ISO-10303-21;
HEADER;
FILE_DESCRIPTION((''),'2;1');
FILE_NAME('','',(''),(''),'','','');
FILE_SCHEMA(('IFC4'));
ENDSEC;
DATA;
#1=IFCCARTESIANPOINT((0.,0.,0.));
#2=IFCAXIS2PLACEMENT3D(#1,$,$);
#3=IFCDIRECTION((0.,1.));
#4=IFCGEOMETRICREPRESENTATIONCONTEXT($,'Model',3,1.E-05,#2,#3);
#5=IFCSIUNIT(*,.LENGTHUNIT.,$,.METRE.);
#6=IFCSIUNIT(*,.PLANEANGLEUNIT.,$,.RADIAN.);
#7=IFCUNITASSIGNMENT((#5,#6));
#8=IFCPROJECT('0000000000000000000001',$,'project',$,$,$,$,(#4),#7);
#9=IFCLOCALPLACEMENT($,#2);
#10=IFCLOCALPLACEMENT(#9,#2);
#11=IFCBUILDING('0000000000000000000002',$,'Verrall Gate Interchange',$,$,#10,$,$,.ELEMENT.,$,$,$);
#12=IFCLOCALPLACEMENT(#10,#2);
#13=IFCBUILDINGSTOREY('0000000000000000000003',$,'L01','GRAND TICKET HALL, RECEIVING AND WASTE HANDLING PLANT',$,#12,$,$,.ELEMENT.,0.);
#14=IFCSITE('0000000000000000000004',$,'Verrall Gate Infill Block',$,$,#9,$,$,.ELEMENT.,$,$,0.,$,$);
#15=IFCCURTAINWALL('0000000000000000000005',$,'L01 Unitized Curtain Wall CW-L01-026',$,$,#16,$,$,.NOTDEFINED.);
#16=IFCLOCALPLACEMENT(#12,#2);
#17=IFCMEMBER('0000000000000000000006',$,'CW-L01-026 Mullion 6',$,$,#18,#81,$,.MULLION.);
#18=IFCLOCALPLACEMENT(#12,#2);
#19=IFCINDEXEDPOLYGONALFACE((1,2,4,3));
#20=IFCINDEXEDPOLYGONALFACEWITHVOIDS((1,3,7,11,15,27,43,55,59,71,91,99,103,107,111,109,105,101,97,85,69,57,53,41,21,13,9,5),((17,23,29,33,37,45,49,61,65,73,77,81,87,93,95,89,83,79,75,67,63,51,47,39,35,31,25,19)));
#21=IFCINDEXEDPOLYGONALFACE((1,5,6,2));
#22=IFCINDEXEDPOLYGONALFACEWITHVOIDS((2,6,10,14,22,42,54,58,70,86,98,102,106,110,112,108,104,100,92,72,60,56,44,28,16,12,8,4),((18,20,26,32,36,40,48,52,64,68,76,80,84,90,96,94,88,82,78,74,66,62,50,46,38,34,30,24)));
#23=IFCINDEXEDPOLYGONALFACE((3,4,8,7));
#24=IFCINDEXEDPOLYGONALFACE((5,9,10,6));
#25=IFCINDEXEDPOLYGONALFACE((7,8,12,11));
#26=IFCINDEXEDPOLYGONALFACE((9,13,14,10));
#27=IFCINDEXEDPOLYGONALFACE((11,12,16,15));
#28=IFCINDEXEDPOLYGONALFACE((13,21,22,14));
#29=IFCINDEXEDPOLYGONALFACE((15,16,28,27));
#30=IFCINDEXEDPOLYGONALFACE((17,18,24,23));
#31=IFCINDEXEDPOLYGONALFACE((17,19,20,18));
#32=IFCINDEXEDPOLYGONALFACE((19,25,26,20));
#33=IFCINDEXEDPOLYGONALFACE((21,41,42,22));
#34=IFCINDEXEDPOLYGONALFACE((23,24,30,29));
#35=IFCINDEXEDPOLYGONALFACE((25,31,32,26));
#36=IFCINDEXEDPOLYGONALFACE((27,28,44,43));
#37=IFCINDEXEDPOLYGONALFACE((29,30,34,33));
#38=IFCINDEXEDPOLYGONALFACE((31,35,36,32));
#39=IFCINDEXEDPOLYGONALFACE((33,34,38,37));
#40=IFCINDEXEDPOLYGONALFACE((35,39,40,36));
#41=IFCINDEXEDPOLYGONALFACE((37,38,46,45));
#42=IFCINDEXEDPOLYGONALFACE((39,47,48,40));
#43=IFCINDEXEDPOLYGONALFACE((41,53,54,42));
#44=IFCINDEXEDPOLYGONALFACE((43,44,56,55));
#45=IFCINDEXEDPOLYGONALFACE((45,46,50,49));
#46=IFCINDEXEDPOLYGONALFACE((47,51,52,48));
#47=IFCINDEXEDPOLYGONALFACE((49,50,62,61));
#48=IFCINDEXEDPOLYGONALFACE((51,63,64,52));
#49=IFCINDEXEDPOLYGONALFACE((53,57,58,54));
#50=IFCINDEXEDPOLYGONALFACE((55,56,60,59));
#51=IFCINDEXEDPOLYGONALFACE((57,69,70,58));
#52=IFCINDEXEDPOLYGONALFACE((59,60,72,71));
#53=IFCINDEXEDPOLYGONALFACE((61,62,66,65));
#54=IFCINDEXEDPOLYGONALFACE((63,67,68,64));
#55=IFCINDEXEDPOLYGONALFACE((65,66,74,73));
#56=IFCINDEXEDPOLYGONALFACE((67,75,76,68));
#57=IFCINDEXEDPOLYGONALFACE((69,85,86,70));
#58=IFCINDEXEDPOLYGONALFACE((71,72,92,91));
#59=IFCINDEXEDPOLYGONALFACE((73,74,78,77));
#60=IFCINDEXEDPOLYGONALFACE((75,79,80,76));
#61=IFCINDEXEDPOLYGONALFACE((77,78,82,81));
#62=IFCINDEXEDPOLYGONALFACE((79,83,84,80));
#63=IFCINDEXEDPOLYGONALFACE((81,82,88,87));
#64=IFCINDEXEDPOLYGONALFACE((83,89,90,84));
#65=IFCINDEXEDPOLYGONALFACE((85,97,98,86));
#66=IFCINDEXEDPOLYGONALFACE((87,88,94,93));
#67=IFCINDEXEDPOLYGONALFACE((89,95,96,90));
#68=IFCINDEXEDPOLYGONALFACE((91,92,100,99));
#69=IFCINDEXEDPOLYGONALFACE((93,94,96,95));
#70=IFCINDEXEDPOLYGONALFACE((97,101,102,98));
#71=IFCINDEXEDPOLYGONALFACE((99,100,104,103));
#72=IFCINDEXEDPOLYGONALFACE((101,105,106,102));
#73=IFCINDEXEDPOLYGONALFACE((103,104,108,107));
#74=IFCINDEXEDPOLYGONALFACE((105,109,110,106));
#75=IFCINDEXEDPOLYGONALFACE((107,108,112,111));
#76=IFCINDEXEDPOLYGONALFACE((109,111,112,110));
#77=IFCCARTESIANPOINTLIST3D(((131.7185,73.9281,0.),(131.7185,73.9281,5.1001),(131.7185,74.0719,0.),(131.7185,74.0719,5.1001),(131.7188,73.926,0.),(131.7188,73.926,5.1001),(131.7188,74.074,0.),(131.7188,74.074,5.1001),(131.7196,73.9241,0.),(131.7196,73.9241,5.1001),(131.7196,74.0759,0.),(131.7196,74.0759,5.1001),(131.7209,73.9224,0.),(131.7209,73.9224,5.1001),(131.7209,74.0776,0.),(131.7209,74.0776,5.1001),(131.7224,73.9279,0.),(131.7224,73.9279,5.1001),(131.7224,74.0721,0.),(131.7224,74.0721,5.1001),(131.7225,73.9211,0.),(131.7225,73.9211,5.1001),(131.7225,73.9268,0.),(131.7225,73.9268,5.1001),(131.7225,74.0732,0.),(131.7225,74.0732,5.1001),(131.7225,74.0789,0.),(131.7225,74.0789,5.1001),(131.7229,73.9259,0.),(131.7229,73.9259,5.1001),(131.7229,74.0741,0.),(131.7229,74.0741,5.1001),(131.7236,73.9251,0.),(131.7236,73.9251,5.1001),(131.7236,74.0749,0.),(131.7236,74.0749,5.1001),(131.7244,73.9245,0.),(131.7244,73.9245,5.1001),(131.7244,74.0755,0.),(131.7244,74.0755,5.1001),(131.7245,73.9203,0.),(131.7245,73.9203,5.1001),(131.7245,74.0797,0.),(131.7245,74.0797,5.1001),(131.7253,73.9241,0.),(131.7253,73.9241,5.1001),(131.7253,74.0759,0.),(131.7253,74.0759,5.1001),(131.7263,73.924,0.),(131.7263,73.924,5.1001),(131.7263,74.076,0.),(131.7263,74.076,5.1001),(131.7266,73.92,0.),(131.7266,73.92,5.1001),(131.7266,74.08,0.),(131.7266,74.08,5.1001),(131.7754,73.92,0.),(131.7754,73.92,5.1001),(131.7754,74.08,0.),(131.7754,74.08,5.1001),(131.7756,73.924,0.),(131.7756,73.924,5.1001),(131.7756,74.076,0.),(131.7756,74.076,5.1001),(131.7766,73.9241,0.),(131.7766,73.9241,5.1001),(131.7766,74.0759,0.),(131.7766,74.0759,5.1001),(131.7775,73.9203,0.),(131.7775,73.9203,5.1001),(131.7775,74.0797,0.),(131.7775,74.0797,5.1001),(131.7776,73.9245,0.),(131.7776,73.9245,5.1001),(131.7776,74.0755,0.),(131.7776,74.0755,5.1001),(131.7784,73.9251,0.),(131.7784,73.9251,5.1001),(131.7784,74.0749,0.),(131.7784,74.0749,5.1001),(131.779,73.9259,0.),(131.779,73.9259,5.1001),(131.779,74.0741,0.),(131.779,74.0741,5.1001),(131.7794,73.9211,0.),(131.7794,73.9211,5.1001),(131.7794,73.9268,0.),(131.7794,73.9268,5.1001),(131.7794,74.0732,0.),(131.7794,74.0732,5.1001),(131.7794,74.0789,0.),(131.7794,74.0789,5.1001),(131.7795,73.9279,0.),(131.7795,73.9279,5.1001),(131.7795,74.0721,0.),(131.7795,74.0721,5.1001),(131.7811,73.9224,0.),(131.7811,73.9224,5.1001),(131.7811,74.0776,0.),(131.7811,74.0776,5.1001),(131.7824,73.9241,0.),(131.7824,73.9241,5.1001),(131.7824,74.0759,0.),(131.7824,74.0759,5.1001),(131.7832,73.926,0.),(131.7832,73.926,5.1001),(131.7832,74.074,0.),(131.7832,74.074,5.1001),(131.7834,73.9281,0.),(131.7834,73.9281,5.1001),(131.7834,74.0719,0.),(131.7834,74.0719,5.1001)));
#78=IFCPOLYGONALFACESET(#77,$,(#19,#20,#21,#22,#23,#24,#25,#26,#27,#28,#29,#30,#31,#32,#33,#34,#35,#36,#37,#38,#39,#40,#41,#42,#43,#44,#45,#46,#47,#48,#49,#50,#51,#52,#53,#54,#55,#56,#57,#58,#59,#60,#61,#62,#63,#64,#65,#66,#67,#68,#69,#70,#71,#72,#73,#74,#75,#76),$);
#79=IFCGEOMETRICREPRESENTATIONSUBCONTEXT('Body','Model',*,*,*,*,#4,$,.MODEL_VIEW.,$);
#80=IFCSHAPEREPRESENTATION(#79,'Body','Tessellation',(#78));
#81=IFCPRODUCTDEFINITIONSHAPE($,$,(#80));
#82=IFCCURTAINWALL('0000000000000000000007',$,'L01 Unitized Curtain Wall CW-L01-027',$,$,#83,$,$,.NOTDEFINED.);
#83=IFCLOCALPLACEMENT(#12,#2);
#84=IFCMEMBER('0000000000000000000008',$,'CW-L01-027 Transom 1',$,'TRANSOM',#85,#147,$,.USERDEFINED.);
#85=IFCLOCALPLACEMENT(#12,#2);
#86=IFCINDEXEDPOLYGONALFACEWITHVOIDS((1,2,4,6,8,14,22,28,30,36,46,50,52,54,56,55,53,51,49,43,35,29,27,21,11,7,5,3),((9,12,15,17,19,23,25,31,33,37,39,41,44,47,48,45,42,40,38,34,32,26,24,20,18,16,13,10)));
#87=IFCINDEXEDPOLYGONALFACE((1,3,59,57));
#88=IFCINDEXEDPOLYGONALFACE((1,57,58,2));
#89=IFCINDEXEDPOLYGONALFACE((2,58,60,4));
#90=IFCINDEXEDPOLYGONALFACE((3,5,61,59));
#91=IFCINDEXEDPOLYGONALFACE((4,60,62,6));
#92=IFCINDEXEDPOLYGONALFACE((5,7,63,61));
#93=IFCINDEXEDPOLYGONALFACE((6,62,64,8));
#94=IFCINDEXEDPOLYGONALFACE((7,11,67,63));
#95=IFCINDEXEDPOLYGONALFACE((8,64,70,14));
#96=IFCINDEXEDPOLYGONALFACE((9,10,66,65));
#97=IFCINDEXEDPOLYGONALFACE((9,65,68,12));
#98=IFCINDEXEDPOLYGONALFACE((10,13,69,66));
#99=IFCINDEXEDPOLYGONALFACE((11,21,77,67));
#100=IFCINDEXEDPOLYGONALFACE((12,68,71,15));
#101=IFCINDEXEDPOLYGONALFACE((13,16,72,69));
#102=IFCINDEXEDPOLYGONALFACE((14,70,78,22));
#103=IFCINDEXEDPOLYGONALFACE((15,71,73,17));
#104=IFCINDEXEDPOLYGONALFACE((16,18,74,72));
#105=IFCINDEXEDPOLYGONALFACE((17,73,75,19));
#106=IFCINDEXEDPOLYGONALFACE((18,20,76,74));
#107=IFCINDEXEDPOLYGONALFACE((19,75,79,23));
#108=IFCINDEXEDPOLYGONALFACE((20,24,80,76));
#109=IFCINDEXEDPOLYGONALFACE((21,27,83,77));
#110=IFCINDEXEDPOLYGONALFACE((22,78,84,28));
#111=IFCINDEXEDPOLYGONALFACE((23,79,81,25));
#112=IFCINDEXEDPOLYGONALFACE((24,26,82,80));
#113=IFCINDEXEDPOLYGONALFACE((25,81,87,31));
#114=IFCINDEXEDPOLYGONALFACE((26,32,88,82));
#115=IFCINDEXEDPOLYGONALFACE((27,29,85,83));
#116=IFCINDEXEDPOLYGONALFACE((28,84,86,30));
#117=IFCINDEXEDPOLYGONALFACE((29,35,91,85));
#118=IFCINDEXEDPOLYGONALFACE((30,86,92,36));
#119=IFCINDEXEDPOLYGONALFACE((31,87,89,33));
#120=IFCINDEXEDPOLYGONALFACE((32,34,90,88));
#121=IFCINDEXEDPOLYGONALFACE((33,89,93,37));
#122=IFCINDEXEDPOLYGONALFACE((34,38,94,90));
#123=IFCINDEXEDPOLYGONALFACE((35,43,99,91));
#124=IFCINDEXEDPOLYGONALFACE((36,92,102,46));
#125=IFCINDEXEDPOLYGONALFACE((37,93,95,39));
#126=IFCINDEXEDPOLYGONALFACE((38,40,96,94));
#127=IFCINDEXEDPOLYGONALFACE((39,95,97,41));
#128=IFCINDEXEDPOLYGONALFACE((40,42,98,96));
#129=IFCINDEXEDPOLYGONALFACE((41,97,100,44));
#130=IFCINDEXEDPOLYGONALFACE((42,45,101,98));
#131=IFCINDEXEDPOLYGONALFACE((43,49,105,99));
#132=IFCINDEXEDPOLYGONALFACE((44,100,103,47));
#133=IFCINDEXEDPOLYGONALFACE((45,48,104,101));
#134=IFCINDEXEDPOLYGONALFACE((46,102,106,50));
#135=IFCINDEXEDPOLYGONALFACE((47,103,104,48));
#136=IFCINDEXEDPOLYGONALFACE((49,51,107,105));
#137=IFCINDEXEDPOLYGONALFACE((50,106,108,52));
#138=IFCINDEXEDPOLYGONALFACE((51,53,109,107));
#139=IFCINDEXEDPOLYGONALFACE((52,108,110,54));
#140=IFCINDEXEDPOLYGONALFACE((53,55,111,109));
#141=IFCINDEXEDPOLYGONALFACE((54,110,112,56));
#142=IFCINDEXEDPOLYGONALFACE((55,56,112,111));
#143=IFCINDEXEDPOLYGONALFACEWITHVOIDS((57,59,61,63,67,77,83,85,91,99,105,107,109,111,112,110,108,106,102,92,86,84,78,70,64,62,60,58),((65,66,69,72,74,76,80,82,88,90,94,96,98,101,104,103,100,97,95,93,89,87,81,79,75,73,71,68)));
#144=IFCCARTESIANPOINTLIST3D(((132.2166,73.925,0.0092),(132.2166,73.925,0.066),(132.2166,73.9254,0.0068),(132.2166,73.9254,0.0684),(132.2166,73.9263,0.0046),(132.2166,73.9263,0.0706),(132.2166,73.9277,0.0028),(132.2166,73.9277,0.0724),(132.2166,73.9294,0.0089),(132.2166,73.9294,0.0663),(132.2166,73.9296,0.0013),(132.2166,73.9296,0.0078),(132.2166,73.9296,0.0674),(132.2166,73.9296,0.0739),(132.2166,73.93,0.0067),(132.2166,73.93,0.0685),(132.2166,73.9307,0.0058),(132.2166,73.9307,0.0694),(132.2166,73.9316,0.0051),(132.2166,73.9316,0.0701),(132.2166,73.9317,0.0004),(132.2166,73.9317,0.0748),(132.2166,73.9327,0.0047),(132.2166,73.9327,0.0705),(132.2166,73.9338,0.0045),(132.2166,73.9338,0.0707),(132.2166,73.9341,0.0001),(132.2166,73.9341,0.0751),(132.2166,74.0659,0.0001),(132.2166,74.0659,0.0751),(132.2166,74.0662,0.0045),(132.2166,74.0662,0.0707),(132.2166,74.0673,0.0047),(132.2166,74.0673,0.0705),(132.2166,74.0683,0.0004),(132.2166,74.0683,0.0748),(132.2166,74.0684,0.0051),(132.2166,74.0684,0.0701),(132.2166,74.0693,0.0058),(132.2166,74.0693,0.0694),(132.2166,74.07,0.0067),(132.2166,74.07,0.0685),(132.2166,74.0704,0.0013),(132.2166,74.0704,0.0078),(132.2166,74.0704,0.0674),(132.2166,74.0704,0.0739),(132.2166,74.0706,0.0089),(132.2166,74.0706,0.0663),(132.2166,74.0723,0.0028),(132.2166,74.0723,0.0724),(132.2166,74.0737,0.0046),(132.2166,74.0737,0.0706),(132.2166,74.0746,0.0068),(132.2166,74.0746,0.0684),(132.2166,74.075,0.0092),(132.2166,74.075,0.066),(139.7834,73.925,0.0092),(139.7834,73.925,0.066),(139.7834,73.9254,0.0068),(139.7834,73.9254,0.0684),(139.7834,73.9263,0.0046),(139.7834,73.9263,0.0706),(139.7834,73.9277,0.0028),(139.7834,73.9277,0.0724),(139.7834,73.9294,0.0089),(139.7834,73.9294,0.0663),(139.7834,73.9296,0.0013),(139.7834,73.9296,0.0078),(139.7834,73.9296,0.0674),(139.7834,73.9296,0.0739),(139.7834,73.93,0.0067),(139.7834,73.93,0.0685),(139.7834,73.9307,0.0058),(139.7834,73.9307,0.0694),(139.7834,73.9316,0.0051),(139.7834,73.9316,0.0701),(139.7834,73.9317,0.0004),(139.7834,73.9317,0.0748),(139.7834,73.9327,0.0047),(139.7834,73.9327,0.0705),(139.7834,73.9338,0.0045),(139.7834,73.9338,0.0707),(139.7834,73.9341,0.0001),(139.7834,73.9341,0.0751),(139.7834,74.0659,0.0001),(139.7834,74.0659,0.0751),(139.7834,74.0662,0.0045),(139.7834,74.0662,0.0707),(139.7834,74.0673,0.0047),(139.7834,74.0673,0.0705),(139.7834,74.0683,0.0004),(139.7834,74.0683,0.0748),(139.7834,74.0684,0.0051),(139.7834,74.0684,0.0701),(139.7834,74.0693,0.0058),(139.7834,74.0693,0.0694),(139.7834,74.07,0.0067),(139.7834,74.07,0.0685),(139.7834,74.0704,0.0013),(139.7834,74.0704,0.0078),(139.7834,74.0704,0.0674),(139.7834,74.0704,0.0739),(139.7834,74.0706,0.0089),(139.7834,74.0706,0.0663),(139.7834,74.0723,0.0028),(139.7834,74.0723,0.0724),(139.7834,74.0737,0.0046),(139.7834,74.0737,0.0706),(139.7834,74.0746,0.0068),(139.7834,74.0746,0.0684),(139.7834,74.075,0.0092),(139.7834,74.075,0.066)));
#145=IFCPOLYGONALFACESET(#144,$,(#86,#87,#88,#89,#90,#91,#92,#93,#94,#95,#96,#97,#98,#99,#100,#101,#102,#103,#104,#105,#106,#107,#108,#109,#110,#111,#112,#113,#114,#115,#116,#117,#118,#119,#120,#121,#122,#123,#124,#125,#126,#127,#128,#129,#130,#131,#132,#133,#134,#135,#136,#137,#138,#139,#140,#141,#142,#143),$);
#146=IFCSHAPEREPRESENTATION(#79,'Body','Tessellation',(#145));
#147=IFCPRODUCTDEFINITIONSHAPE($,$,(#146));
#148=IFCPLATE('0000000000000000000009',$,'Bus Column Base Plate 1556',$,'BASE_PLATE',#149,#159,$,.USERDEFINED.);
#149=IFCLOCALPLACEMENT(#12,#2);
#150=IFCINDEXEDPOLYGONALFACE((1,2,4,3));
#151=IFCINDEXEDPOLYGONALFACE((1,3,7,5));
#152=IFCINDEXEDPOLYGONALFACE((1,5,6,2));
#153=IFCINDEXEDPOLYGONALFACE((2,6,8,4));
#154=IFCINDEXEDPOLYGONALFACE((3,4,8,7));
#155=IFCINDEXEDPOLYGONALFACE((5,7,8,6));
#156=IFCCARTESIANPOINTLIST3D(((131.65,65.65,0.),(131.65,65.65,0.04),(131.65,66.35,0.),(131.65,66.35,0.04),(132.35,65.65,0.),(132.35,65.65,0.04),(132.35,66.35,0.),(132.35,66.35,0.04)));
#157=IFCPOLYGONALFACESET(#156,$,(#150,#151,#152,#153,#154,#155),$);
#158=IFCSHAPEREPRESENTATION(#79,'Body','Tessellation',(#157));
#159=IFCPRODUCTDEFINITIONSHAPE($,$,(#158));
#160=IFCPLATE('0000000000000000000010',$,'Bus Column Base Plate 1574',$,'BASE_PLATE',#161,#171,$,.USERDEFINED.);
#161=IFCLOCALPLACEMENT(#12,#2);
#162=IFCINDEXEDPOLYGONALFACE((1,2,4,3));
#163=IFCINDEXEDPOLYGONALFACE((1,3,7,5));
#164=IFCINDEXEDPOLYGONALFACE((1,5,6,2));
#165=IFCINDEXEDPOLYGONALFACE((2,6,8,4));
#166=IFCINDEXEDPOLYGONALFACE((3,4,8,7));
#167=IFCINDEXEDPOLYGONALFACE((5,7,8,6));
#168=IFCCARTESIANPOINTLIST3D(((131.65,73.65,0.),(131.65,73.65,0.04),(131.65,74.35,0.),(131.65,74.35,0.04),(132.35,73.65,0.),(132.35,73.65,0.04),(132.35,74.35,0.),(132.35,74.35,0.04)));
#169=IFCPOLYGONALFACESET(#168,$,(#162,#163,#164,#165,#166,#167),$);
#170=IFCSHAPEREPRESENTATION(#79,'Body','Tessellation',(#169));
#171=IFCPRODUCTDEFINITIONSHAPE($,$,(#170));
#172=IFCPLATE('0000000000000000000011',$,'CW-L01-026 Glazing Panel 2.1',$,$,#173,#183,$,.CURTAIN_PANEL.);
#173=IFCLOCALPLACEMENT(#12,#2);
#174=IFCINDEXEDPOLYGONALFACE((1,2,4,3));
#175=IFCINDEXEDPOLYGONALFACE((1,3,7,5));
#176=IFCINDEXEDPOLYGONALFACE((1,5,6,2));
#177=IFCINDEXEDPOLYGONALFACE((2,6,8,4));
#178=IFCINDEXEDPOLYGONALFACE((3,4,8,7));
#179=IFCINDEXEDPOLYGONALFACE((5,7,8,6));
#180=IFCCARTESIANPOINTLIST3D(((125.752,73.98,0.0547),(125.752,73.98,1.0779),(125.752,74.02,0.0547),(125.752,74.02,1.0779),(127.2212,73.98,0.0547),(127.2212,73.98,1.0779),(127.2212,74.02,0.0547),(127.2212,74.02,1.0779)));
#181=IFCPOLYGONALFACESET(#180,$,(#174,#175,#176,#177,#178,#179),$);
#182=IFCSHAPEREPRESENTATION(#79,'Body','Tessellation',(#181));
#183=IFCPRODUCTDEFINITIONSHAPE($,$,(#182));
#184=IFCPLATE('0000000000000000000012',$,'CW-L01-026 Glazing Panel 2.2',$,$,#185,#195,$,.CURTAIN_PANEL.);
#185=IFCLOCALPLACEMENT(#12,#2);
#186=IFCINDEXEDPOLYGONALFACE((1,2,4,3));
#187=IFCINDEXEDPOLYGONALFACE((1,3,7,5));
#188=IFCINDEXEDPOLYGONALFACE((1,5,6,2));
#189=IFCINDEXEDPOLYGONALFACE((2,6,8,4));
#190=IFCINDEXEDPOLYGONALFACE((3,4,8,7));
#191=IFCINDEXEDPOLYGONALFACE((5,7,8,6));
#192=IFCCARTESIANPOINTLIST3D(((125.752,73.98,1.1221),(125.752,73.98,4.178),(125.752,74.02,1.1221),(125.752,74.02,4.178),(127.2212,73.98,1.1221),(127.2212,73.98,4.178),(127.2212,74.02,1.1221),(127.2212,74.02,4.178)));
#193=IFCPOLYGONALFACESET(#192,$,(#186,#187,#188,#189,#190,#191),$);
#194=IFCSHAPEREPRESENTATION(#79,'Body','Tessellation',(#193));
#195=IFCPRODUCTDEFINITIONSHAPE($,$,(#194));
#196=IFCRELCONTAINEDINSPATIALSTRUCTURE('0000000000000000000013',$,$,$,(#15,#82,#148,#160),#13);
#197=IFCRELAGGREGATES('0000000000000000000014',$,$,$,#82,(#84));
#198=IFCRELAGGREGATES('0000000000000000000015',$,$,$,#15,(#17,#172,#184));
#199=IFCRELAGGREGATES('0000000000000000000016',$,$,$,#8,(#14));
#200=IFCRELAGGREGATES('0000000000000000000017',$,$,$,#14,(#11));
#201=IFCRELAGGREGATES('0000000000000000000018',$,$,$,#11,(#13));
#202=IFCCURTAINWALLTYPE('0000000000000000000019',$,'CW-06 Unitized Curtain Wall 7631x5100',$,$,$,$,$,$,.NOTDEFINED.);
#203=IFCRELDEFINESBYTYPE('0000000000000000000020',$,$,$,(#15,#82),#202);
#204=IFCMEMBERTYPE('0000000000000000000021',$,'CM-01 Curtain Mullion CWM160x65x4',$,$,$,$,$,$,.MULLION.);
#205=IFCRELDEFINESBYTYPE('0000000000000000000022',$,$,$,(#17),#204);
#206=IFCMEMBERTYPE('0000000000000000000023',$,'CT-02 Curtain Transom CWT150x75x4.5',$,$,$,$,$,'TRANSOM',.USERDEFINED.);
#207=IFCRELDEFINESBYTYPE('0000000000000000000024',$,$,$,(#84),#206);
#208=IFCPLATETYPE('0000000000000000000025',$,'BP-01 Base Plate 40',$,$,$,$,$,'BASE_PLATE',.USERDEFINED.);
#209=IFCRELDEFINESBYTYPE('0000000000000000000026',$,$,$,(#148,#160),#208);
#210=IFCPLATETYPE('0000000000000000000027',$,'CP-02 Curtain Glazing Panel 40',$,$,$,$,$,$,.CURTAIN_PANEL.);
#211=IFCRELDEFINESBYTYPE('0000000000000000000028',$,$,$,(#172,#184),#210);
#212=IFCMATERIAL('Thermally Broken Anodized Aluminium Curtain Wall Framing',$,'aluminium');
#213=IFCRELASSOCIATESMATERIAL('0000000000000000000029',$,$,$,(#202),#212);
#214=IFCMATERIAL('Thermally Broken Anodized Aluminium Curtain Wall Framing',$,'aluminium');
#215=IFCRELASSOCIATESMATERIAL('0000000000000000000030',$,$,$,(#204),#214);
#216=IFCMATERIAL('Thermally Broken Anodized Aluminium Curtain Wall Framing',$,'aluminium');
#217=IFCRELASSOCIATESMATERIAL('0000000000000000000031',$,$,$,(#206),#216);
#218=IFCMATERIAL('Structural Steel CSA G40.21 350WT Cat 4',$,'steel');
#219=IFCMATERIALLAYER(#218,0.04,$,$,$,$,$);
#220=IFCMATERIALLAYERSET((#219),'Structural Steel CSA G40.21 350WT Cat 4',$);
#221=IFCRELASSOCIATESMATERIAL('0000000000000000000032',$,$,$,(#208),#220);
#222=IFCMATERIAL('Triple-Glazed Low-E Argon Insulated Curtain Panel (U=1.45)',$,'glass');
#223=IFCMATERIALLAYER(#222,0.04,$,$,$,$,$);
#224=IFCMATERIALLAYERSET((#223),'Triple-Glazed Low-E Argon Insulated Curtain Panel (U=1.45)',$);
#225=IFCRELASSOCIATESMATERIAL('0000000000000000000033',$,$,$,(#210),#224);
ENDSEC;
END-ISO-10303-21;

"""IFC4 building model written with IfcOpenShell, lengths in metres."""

from ifc_helpers import new_model, si_unit, direction, frame, origin, origin_2d, place, context, subcontext, project, spatial, rectangle, hollow_rectangle, extrude, material, layer, layer_set, material_profile, profile_set, type_object, element, aggregate, save


model = new_model("IFC4")

# Units and contexts
model_context = context("Model", 3, precision=1e-05, world=origin(), true_north=direction((0.0, 1.0)))
body_context = subcontext(model_context, "Body", "Model", "MODEL_VIEW")
ifc_project = project(units=[si_unit("LENGTHUNIT", "METRE"), si_unit("PLANEANGLEUNIT", "RADIAN")], contexts=[model_context])

# Site, building, storey
site_placement = place(None, origin())
site = spatial("IfcSite", under=ifc_project, at=site_placement, Name="Verrall Gate Infill Block", CompositionType="ELEMENT", RefElevation=0.0)
building_placement = place(site_placement, origin())
building = spatial("IfcBuilding", under=site, at=building_placement, Name="Verrall Gate Interchange", CompositionType="ELEMENT")
storey_placement = place(building_placement, origin())
storey = spatial("IfcBuildingStorey", under=building, at=storey_placement, Name="L01", Description="GRAND TICKET HALL, RECEIVING AND WASTE HANDLING PLANT", CompositionType="ELEMENT", Elevation=0.0)

# Curtain wall, member
ifc_material_1 = material(Name="Thermally Broken Anodized Aluminium Curtain Wall Framing", Category="aluminium")
curtain_wall_type = type_object("IfcCurtainWallType", Name="CW-06 Unitized Curtain Wall 7631x5100", PredefinedType="NOTDEFINED", material=ifc_material_1)
curtain_wall_1_placement = place(storey_placement, origin())
curtain_wall_1 = element("IfcCurtainWall", 1, at=curtain_wall_1_placement, inside=storey, type_object=curtain_wall_type, Name="L01 Unitized Curtain Wall CW-L01-026", PredefinedType="NOTDEFINED")
ifc_material_2 = material(Name="Thermally Broken Anodized Aluminium Curtain Wall Framing", Category="aluminium")
ifc_material_profile_1 = material_profile(ifc_material_2, hollow_rectangle(XDim=0.0649, YDim=0.1599, WallThickness=0.0039, InnerFilletRadius=0.0039, OuterFilletRadius=0.0081, at=origin_2d()), Name="CWM160x65x4")
ifc_profile_set_1 = profile_set([ifc_material_profile_1], Name="Thermally Broken Anodized Aluminium Curtain Wall Framing")
member_type_1 = type_object("IfcMemberType", Name="CM-01 Curtain Mullion CWM160x65x4", PredefinedType="MULLION", material=ifc_profile_set_1)
member_1_placement = place(storey_placement, frame((131.751, 74.0, 0.0), z_axis=(0.0, 0.0, 1.0), x_axis=(1.0, 0.0, 0.0)))
member_1 = element("IfcMember", 2, at=member_1_placement, type_object=member_type_1, Name="CW-L01-026 Mullion 6", PredefinedType="MULLION", context=body_context, shape_type="SweptSolid", body=[
    extrude(hollow_rectangle(XDim=0.0649, YDim=0.1599, WallThickness=0.0039, InnerFilletRadius=0.0039, OuterFilletRadius=0.0081, at=origin_2d()), origin(), (0.0, 0.0, 1.0), 5.1001),
])

# Curtain wall, member
curtain_wall_2_placement = place(storey_placement, origin())
curtain_wall_2 = element("IfcCurtainWall", 3, at=curtain_wall_2_placement, inside=storey, type_object=curtain_wall_type, Name="L01 Unitized Curtain Wall CW-L01-027", PredefinedType="NOTDEFINED")
ifc_material_3 = material(Name="Thermally Broken Anodized Aluminium Curtain Wall Framing", Category="aluminium")
ifc_material_profile_2 = material_profile(ifc_material_3, hollow_rectangle(XDim=0.1499, YDim=0.075, WallThickness=0.0044, InnerFilletRadius=0.0044, OuterFilletRadius=0.009, at=origin_2d()), Name="CWT150x75x4.5")
ifc_profile_set_2 = profile_set([ifc_material_profile_2], Name="Thermally Broken Anodized Aluminium Curtain Wall Framing")
member_type_2 = type_object("IfcMemberType", Name="CT-02 Curtain Transom CWT150x75x4.5", ElementType="TRANSOM", PredefinedType="USERDEFINED", material=ifc_profile_set_2)
member_2_placement = place(storey_placement, frame((132.2166, 74.0, 0.0376), z_axis=(1.0, 0.0, 0.0), x_axis=(0.0, 1.0, 0.0)))
member_2 = element("IfcMember", 4, at=member_2_placement, type_object=member_type_2, Name="CW-L01-027 Transom 1", ObjectType="TRANSOM", PredefinedType="USERDEFINED", context=body_context, shape_type="SweptSolid", body=[
    extrude(hollow_rectangle(XDim=0.1499, YDim=0.075, WallThickness=0.0044, InnerFilletRadius=0.0044, OuterFilletRadius=0.009, at=origin_2d()), origin(), (0.0, 0.0, 1.0), 7.5669),
])
aggregate(curtain_wall_2, [member_2])

# Plates
ifc_material_4 = material(Name="Structural Steel CSA G40.21 350WT Cat 4", Category="steel")
ifc_layer_1 = layer(ifc_material_4, 0.04)
ifc_layer_set_1 = layer_set([ifc_layer_1], Name="Structural Steel CSA G40.21 350WT Cat 4")
plate_type_1 = type_object("IfcPlateType", Name="BP-01 Base Plate 40", ElementType="BASE_PLATE", PredefinedType="USERDEFINED", material=ifc_layer_set_1)
for number, where, z_axis, x_axis, name in (
    (5, (132.0, 66.0, 0.0), (0.0, 0.0, 1.0), (1.0, 0.0, 0.0), "Bus Column Base Plate 1556"),
    (6, (132.0, 74.0, 0.0), (0.0, 0.0, 1.0), (1.0, 0.0, 0.0), "Bus Column Base Plate 1574"),
):
    element("IfcPlate", number, at=place(storey_placement, frame(where, z_axis=z_axis, x_axis=x_axis)), inside=storey, type_object=plate_type_1, Name=name, ObjectType="BASE_PLATE", PredefinedType="USERDEFINED", context=body_context, shape_type="SweptSolid", body=[
        extrude(rectangle(XDim=0.7, YDim=0.7, at=origin_2d()), origin(), (0.0, 0.0, 1.0), 0.04),
    ])

# Plates
ifc_material_5 = material(Name="Triple-Glazed Low-E Argon Insulated Curtain Panel (U=1.45)", Category="glass")
ifc_layer_2 = layer(ifc_material_5, 0.04)
ifc_layer_set_2 = layer_set([ifc_layer_2], Name="Triple-Glazed Low-E Argon Insulated Curtain Panel (U=1.45)")
plate_type_2 = type_object("IfcPlateType", Name="CP-02 Curtain Glazing Panel 40", PredefinedType="CURTAIN_PANEL", material=ifc_layer_set_2)
plate_1_placement = place(storey_placement, frame((126.4866, 74.0, 0.0547), z_axis=(0.0, 0.0, 1.0), x_axis=(1.0, 0.0, 0.0)))
plate_1 = element("IfcPlate", 7, at=plate_1_placement, type_object=plate_type_2, Name="CW-L01-026 Glazing Panel 2.1", PredefinedType="CURTAIN_PANEL", context=body_context, shape_type="SweptSolid", body=[
    extrude(rectangle(XDim=1.4692, YDim=0.04, at=origin_2d()), origin(), (0.0, 0.0, 1.0), 1.0232),
])
plate_2_placement = place(storey_placement, frame((126.4866, 74.0, 1.1221), z_axis=(0.0, 0.0, 1.0), x_axis=(1.0, 0.0, 0.0)))
plate_2 = element("IfcPlate", 8, at=plate_2_placement, type_object=plate_type_2, Name="CW-L01-026 Glazing Panel 2.2", PredefinedType="CURTAIN_PANEL", context=body_context, shape_type="SweptSolid", body=[
    extrude(rectangle(XDim=1.4692, YDim=0.04, at=origin_2d()), origin(), (0.0, 0.0, 1.0), 3.0559),
])
aggregate(curtain_wall_1, [member_1, plate_1, plate_2])

save(model, "model.ifc")
